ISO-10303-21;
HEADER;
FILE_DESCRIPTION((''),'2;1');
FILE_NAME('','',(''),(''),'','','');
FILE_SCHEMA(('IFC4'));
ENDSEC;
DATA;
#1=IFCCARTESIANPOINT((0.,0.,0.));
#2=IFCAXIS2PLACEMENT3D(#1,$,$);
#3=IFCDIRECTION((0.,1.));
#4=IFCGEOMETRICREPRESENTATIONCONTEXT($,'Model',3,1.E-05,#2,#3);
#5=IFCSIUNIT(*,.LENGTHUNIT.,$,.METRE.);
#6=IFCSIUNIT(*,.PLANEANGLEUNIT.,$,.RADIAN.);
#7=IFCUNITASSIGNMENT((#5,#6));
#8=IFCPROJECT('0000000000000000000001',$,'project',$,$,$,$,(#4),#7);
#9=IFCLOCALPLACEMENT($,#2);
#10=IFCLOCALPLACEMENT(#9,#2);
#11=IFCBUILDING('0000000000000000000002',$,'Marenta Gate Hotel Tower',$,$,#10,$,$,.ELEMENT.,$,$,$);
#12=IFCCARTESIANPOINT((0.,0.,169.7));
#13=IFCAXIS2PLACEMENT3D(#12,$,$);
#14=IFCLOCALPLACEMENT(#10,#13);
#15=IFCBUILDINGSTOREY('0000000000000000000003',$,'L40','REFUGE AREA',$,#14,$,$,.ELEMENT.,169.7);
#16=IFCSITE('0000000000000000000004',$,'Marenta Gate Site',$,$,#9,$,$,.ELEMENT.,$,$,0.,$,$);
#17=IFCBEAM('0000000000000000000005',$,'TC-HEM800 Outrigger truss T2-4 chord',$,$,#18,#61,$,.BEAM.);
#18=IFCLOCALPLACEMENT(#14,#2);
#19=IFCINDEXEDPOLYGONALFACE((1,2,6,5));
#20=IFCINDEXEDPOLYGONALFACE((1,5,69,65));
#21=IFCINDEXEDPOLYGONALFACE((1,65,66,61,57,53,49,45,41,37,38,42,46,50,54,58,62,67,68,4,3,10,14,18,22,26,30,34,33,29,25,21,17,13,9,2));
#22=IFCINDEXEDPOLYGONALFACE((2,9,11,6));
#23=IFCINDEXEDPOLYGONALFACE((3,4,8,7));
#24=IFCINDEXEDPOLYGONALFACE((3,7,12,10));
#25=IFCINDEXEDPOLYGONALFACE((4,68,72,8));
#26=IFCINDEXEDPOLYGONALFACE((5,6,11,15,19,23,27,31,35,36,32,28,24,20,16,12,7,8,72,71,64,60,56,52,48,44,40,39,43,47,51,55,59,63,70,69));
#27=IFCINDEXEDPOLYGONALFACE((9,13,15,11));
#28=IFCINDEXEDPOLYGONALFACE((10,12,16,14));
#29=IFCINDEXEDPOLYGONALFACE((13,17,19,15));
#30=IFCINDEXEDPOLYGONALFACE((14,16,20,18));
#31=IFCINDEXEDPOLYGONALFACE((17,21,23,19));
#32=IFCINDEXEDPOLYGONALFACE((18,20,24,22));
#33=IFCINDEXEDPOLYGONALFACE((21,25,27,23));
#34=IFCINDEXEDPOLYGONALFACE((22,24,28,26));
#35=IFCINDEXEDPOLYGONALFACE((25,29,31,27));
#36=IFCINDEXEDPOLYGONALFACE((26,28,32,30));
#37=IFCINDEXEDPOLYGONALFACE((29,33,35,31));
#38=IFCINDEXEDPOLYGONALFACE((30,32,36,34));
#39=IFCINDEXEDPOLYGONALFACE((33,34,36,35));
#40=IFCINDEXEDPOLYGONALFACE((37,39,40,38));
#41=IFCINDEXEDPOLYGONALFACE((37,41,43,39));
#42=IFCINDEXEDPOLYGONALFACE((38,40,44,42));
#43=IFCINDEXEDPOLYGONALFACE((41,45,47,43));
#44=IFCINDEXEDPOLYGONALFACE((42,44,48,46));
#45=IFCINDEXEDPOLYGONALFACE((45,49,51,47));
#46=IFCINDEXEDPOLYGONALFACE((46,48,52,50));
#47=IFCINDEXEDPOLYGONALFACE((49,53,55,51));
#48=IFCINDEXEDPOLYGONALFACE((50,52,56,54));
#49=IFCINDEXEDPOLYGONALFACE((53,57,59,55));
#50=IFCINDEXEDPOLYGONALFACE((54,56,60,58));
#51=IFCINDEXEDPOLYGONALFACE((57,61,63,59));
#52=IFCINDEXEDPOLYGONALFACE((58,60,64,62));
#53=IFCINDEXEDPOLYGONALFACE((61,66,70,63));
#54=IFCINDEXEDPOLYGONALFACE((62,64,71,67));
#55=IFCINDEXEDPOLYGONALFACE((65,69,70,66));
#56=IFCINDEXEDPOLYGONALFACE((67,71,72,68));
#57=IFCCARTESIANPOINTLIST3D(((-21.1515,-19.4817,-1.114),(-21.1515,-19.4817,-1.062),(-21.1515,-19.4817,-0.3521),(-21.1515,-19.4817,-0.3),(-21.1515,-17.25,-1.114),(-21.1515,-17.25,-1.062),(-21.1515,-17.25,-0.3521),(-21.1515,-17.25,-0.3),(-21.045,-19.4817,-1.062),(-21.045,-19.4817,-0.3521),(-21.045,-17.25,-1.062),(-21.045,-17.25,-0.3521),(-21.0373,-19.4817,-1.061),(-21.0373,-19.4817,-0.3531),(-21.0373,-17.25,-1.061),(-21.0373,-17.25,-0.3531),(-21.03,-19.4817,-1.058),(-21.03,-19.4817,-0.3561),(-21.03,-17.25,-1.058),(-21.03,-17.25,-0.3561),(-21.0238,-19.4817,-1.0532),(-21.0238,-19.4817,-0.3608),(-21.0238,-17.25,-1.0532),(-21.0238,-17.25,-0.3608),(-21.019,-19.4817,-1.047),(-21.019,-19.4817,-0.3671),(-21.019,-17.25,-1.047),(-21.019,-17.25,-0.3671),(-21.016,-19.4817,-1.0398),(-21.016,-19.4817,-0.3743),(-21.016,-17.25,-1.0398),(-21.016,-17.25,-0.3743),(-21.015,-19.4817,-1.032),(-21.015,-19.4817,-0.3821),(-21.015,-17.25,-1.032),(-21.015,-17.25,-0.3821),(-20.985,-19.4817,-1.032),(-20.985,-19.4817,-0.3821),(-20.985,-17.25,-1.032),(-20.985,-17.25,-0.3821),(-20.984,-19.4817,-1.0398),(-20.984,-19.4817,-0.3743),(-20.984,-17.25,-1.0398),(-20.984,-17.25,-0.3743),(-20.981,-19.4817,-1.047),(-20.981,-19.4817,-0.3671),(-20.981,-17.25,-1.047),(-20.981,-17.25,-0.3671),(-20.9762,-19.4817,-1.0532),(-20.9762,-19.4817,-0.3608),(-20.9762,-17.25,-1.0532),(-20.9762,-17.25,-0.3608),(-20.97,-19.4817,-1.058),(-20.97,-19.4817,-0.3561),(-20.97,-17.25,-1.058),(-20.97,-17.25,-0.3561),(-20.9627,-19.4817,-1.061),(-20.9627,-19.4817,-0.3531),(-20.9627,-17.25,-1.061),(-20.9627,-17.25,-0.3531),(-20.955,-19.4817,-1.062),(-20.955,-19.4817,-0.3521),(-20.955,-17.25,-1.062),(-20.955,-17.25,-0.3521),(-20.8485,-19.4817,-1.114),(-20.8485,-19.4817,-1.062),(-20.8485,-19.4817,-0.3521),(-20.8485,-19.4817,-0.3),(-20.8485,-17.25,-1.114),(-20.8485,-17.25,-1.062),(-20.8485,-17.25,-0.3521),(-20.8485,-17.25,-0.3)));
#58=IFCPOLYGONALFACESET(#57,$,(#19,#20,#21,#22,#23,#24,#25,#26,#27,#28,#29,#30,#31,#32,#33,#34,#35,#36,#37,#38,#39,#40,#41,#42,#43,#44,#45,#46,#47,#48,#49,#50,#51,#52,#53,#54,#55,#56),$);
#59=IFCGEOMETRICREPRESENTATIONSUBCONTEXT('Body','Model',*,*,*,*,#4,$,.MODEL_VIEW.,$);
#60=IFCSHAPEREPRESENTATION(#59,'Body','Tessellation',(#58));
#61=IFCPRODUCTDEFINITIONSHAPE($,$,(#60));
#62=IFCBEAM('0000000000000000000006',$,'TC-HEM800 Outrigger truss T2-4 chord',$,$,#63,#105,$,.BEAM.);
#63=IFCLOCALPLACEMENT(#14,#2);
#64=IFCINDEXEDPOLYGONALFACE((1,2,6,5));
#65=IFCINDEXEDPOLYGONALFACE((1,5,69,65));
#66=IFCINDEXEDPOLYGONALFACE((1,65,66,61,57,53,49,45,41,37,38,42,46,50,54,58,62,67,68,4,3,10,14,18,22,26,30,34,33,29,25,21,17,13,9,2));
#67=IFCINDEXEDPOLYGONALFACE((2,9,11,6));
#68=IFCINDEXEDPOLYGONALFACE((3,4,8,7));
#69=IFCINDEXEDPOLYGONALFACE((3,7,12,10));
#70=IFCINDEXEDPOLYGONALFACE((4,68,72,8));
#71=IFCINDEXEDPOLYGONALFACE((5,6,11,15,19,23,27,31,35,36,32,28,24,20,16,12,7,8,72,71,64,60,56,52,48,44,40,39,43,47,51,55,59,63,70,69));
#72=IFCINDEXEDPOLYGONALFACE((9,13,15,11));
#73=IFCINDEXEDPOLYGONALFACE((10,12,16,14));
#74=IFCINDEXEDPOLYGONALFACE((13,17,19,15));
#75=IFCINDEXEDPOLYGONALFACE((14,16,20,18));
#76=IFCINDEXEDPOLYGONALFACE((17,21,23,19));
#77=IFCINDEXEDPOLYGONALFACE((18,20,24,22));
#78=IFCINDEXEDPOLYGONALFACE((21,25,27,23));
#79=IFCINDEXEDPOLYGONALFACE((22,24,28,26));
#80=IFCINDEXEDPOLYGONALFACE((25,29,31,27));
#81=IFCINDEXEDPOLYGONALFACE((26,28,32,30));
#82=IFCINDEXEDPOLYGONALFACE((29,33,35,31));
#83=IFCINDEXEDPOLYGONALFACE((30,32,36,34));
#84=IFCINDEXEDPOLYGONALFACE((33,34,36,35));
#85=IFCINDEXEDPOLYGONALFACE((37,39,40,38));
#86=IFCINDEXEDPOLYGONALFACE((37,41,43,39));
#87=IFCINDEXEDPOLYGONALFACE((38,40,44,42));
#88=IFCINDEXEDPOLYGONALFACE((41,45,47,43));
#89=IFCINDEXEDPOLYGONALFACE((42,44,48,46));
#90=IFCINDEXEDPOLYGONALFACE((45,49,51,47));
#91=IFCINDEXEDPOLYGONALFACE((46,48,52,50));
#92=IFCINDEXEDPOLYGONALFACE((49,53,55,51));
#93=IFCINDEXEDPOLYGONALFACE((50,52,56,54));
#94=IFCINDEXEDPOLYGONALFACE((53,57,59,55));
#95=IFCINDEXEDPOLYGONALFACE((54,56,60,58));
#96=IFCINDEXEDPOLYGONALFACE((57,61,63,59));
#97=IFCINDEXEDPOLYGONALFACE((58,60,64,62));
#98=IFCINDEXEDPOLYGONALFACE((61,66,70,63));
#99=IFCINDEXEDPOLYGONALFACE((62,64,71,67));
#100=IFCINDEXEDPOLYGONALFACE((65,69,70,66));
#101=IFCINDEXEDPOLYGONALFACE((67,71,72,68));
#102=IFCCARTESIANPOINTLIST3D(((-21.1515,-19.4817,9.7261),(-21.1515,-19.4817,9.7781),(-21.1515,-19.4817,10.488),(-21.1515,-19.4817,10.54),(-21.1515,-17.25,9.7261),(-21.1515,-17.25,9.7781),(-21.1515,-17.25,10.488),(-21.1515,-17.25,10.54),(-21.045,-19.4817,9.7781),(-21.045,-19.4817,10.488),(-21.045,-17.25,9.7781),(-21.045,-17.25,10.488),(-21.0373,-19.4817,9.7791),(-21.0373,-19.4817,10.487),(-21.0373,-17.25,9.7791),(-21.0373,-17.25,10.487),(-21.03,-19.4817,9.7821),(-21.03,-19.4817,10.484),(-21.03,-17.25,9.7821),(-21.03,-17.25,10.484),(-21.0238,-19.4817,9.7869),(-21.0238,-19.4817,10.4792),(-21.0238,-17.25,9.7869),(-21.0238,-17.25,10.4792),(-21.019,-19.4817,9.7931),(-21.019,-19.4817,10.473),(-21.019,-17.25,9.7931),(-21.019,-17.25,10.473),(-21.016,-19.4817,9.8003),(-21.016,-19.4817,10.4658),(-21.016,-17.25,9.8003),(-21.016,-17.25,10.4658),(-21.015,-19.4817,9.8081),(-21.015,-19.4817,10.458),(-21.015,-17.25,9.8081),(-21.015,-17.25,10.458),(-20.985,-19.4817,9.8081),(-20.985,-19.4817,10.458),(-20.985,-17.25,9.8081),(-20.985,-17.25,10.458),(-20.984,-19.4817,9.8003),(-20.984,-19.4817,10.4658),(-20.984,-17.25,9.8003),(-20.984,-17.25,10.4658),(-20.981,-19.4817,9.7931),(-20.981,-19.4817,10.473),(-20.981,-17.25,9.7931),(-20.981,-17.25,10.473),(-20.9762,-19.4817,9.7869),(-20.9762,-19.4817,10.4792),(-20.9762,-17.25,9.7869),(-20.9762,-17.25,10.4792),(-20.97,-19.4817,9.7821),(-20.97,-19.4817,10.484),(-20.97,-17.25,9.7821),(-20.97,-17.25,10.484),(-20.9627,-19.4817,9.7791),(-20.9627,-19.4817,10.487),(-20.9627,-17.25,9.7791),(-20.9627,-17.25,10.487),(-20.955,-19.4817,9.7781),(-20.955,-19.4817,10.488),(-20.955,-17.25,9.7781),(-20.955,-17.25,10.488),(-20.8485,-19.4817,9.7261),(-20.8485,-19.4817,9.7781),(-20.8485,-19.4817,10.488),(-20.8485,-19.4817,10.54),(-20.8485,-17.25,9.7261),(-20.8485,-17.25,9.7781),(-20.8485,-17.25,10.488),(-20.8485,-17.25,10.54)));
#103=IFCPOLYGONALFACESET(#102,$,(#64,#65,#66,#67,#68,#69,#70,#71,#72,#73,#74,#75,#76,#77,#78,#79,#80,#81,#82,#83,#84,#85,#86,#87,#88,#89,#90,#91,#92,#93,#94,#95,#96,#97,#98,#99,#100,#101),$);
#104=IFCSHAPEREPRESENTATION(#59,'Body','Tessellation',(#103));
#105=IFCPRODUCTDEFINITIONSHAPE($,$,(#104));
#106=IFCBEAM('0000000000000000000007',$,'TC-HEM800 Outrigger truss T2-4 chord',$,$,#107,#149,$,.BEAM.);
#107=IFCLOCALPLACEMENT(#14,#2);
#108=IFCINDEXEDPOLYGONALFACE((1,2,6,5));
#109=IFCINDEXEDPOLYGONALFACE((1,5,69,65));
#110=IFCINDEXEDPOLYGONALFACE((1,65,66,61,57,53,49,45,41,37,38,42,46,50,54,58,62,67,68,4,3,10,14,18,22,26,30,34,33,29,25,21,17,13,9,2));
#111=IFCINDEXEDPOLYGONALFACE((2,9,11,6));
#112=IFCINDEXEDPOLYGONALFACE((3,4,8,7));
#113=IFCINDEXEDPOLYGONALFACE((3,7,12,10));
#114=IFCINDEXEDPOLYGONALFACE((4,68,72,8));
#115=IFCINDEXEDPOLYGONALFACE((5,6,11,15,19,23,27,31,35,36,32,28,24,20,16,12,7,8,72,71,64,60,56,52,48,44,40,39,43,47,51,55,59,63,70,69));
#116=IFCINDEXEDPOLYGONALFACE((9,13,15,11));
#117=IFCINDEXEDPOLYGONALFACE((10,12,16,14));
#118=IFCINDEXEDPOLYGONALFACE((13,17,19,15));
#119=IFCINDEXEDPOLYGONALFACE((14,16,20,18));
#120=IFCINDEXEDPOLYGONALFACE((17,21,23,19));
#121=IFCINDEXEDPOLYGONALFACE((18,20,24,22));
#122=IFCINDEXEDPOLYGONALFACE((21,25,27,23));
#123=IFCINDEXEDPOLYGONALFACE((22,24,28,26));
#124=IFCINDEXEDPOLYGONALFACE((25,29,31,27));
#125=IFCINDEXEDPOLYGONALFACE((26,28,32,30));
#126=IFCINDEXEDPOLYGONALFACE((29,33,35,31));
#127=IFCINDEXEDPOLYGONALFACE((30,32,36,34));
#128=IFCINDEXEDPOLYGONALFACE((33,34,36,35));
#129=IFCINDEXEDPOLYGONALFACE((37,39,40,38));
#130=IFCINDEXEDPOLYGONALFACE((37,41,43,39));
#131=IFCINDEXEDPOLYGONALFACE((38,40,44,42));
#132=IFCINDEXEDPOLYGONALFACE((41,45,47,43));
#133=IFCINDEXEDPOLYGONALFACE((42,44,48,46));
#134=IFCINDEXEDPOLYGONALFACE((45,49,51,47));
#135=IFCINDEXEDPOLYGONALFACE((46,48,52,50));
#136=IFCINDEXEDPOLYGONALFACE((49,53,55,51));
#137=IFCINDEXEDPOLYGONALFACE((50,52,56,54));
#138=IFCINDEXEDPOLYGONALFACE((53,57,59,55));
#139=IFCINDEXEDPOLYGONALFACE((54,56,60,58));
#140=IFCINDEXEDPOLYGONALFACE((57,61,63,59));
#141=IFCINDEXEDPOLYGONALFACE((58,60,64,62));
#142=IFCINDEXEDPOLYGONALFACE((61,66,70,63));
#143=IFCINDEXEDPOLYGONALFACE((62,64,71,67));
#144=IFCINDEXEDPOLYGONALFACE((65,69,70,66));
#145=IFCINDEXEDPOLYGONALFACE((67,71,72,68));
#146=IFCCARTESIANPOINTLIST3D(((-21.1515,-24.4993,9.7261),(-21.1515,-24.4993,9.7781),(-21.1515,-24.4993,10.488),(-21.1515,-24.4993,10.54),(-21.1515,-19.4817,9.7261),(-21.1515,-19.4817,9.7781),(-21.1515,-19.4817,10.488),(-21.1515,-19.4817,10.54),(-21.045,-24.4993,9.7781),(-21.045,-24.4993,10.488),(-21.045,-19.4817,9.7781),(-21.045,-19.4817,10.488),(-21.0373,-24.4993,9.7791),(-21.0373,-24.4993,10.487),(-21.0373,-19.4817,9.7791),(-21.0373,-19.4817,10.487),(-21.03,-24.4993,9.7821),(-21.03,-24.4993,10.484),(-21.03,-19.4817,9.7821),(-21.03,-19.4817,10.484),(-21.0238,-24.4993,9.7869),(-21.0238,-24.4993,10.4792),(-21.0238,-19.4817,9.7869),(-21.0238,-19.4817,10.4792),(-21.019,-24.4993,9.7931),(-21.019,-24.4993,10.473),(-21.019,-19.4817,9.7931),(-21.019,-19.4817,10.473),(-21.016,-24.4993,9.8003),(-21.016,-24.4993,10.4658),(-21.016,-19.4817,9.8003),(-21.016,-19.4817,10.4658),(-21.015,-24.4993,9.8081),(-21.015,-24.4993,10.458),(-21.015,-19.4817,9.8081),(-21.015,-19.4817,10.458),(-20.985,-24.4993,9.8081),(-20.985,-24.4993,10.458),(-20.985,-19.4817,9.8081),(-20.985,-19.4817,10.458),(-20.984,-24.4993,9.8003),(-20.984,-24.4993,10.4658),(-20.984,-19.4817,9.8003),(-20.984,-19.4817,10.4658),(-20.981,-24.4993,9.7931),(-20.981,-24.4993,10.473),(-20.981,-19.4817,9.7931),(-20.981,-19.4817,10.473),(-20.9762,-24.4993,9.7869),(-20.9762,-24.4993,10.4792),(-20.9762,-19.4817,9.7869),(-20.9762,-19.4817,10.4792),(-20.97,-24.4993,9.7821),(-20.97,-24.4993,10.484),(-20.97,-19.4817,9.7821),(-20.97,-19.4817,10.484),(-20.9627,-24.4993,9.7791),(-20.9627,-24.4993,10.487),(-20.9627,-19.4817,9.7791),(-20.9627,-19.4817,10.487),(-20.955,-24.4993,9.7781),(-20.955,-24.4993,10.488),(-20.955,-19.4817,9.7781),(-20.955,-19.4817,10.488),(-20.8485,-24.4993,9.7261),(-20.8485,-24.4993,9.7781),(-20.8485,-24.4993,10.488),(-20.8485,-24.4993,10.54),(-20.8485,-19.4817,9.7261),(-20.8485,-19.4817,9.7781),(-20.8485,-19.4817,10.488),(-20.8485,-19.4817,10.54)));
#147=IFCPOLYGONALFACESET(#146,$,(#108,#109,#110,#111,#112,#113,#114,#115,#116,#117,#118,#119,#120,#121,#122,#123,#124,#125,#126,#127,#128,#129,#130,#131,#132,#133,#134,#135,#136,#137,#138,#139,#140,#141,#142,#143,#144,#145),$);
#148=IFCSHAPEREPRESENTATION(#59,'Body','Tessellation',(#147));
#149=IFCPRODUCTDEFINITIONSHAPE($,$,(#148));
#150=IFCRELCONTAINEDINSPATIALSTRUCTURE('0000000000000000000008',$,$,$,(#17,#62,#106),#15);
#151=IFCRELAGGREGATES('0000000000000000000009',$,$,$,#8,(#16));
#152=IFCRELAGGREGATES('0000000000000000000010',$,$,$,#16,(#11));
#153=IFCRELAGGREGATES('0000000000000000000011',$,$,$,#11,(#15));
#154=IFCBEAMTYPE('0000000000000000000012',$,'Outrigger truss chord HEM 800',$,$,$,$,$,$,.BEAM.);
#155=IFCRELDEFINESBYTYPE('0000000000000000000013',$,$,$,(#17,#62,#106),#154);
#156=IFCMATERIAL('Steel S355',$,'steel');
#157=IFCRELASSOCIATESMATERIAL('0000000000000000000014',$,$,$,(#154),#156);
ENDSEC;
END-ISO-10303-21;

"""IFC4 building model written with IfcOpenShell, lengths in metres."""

from ifc_helpers import new_model, si_unit, direction, frame, origin, origin_2d, place, context, subcontext, project, spatial, i_section, extrude, material, material_profile, profile_set, type_object, element, save


model = new_model("IFC4")

# Units and contexts
model_context = context("Model", 3, precision=1e-05, world=origin(), true_north=direction((0.0, 1.0)))
body_context = subcontext(model_context, "Body", "Model", "MODEL_VIEW")
ifc_project = project(units=[si_unit("LENGTHUNIT", "METRE"), si_unit("PLANEANGLEUNIT", "RADIAN")], contexts=[model_context])

# Site, building, storey
site_placement = place(None, origin())
site = spatial("IfcSite", under=ifc_project, at=site_placement, Name="Marenta Gate Site", CompositionType="ELEMENT", RefElevation=0.0)
building_placement = place(site_placement, origin())
building = spatial("IfcBuilding", under=site, at=building_placement, Name="Marenta Gate Hotel Tower", CompositionType="ELEMENT")
storey_placement = place(building_placement, frame((0.0, 0.0, 169.7)))
storey = spatial("IfcBuildingStorey", under=building, at=storey_placement, Name="L40", Description="REFUGE AREA", CompositionType="ELEMENT", Elevation=169.7)

# Beams
ifc_material_1 = material(Name="Steel S355", Category="steel")
ifc_material_profile_1 = material_profile(ifc_material_1, i_section(OverallWidth=0.303, OverallDepth=0.814, WebThickness=0.03, FlangeThickness=0.052, FilletRadius=0.03, at=origin_2d()), Name="HEM 800")
ifc_profile_set_1 = profile_set([ifc_material_profile_1], Name="Steel S355")
beam_type_1 = type_object("IfcBeamType", Name="Outrigger truss chord HEM 800", PredefinedType="BEAM", material=ifc_profile_set_1)
for number, where, z_axis, x_axis, name in (
    (1, (-21.0, -17.25, -0.707), (0.0, -1.0, 0.0), (1.0, 0.0, 0.0), "TC-HEM800 Outrigger truss T2-4 chord"),
    (2, (-21.0, -17.25, 10.1331), (0.0, -1.0, 0.0), (1.0, 0.0, 0.0), "TC-HEM800 Outrigger truss T2-4 chord"),
):
    element("IfcBeam", number, at=place(storey_placement, frame(where, z_axis=z_axis, x_axis=x_axis)), inside=storey, type_object=beam_type_1, Name=name, PredefinedType="BEAM", context=body_context, shape_type="SweptSolid", body=[
        extrude(i_section(OverallWidth=0.303, OverallDepth=0.814, WebThickness=0.03, FlangeThickness=0.052, FilletRadius=0.03, at=origin_2d()), origin(), (0.0, 0.0, 1.0), 2.2317),
    ])
beam_1_placement = place(storey_placement, frame((-21.0, -19.4817, 10.1331), z_axis=(0.0, -1.0, 0.0), x_axis=(1.0, 0.0, 0.0)))
element("IfcBeam", 3, at=beam_1_placement, inside=storey, type_object=beam_type_1, Name="TC-HEM800 Outrigger truss T2-4 chord", PredefinedType="BEAM", context=body_context, shape_type="SweptSolid", body=[
    extrude(i_section(OverallWidth=0.303, OverallDepth=0.814, WebThickness=0.03, FlangeThickness=0.052, FilletRadius=0.03, at=origin_2d()), origin(), (0.0, 0.0, 1.0), 5.0176),
])

save(model, "model.ifc")
